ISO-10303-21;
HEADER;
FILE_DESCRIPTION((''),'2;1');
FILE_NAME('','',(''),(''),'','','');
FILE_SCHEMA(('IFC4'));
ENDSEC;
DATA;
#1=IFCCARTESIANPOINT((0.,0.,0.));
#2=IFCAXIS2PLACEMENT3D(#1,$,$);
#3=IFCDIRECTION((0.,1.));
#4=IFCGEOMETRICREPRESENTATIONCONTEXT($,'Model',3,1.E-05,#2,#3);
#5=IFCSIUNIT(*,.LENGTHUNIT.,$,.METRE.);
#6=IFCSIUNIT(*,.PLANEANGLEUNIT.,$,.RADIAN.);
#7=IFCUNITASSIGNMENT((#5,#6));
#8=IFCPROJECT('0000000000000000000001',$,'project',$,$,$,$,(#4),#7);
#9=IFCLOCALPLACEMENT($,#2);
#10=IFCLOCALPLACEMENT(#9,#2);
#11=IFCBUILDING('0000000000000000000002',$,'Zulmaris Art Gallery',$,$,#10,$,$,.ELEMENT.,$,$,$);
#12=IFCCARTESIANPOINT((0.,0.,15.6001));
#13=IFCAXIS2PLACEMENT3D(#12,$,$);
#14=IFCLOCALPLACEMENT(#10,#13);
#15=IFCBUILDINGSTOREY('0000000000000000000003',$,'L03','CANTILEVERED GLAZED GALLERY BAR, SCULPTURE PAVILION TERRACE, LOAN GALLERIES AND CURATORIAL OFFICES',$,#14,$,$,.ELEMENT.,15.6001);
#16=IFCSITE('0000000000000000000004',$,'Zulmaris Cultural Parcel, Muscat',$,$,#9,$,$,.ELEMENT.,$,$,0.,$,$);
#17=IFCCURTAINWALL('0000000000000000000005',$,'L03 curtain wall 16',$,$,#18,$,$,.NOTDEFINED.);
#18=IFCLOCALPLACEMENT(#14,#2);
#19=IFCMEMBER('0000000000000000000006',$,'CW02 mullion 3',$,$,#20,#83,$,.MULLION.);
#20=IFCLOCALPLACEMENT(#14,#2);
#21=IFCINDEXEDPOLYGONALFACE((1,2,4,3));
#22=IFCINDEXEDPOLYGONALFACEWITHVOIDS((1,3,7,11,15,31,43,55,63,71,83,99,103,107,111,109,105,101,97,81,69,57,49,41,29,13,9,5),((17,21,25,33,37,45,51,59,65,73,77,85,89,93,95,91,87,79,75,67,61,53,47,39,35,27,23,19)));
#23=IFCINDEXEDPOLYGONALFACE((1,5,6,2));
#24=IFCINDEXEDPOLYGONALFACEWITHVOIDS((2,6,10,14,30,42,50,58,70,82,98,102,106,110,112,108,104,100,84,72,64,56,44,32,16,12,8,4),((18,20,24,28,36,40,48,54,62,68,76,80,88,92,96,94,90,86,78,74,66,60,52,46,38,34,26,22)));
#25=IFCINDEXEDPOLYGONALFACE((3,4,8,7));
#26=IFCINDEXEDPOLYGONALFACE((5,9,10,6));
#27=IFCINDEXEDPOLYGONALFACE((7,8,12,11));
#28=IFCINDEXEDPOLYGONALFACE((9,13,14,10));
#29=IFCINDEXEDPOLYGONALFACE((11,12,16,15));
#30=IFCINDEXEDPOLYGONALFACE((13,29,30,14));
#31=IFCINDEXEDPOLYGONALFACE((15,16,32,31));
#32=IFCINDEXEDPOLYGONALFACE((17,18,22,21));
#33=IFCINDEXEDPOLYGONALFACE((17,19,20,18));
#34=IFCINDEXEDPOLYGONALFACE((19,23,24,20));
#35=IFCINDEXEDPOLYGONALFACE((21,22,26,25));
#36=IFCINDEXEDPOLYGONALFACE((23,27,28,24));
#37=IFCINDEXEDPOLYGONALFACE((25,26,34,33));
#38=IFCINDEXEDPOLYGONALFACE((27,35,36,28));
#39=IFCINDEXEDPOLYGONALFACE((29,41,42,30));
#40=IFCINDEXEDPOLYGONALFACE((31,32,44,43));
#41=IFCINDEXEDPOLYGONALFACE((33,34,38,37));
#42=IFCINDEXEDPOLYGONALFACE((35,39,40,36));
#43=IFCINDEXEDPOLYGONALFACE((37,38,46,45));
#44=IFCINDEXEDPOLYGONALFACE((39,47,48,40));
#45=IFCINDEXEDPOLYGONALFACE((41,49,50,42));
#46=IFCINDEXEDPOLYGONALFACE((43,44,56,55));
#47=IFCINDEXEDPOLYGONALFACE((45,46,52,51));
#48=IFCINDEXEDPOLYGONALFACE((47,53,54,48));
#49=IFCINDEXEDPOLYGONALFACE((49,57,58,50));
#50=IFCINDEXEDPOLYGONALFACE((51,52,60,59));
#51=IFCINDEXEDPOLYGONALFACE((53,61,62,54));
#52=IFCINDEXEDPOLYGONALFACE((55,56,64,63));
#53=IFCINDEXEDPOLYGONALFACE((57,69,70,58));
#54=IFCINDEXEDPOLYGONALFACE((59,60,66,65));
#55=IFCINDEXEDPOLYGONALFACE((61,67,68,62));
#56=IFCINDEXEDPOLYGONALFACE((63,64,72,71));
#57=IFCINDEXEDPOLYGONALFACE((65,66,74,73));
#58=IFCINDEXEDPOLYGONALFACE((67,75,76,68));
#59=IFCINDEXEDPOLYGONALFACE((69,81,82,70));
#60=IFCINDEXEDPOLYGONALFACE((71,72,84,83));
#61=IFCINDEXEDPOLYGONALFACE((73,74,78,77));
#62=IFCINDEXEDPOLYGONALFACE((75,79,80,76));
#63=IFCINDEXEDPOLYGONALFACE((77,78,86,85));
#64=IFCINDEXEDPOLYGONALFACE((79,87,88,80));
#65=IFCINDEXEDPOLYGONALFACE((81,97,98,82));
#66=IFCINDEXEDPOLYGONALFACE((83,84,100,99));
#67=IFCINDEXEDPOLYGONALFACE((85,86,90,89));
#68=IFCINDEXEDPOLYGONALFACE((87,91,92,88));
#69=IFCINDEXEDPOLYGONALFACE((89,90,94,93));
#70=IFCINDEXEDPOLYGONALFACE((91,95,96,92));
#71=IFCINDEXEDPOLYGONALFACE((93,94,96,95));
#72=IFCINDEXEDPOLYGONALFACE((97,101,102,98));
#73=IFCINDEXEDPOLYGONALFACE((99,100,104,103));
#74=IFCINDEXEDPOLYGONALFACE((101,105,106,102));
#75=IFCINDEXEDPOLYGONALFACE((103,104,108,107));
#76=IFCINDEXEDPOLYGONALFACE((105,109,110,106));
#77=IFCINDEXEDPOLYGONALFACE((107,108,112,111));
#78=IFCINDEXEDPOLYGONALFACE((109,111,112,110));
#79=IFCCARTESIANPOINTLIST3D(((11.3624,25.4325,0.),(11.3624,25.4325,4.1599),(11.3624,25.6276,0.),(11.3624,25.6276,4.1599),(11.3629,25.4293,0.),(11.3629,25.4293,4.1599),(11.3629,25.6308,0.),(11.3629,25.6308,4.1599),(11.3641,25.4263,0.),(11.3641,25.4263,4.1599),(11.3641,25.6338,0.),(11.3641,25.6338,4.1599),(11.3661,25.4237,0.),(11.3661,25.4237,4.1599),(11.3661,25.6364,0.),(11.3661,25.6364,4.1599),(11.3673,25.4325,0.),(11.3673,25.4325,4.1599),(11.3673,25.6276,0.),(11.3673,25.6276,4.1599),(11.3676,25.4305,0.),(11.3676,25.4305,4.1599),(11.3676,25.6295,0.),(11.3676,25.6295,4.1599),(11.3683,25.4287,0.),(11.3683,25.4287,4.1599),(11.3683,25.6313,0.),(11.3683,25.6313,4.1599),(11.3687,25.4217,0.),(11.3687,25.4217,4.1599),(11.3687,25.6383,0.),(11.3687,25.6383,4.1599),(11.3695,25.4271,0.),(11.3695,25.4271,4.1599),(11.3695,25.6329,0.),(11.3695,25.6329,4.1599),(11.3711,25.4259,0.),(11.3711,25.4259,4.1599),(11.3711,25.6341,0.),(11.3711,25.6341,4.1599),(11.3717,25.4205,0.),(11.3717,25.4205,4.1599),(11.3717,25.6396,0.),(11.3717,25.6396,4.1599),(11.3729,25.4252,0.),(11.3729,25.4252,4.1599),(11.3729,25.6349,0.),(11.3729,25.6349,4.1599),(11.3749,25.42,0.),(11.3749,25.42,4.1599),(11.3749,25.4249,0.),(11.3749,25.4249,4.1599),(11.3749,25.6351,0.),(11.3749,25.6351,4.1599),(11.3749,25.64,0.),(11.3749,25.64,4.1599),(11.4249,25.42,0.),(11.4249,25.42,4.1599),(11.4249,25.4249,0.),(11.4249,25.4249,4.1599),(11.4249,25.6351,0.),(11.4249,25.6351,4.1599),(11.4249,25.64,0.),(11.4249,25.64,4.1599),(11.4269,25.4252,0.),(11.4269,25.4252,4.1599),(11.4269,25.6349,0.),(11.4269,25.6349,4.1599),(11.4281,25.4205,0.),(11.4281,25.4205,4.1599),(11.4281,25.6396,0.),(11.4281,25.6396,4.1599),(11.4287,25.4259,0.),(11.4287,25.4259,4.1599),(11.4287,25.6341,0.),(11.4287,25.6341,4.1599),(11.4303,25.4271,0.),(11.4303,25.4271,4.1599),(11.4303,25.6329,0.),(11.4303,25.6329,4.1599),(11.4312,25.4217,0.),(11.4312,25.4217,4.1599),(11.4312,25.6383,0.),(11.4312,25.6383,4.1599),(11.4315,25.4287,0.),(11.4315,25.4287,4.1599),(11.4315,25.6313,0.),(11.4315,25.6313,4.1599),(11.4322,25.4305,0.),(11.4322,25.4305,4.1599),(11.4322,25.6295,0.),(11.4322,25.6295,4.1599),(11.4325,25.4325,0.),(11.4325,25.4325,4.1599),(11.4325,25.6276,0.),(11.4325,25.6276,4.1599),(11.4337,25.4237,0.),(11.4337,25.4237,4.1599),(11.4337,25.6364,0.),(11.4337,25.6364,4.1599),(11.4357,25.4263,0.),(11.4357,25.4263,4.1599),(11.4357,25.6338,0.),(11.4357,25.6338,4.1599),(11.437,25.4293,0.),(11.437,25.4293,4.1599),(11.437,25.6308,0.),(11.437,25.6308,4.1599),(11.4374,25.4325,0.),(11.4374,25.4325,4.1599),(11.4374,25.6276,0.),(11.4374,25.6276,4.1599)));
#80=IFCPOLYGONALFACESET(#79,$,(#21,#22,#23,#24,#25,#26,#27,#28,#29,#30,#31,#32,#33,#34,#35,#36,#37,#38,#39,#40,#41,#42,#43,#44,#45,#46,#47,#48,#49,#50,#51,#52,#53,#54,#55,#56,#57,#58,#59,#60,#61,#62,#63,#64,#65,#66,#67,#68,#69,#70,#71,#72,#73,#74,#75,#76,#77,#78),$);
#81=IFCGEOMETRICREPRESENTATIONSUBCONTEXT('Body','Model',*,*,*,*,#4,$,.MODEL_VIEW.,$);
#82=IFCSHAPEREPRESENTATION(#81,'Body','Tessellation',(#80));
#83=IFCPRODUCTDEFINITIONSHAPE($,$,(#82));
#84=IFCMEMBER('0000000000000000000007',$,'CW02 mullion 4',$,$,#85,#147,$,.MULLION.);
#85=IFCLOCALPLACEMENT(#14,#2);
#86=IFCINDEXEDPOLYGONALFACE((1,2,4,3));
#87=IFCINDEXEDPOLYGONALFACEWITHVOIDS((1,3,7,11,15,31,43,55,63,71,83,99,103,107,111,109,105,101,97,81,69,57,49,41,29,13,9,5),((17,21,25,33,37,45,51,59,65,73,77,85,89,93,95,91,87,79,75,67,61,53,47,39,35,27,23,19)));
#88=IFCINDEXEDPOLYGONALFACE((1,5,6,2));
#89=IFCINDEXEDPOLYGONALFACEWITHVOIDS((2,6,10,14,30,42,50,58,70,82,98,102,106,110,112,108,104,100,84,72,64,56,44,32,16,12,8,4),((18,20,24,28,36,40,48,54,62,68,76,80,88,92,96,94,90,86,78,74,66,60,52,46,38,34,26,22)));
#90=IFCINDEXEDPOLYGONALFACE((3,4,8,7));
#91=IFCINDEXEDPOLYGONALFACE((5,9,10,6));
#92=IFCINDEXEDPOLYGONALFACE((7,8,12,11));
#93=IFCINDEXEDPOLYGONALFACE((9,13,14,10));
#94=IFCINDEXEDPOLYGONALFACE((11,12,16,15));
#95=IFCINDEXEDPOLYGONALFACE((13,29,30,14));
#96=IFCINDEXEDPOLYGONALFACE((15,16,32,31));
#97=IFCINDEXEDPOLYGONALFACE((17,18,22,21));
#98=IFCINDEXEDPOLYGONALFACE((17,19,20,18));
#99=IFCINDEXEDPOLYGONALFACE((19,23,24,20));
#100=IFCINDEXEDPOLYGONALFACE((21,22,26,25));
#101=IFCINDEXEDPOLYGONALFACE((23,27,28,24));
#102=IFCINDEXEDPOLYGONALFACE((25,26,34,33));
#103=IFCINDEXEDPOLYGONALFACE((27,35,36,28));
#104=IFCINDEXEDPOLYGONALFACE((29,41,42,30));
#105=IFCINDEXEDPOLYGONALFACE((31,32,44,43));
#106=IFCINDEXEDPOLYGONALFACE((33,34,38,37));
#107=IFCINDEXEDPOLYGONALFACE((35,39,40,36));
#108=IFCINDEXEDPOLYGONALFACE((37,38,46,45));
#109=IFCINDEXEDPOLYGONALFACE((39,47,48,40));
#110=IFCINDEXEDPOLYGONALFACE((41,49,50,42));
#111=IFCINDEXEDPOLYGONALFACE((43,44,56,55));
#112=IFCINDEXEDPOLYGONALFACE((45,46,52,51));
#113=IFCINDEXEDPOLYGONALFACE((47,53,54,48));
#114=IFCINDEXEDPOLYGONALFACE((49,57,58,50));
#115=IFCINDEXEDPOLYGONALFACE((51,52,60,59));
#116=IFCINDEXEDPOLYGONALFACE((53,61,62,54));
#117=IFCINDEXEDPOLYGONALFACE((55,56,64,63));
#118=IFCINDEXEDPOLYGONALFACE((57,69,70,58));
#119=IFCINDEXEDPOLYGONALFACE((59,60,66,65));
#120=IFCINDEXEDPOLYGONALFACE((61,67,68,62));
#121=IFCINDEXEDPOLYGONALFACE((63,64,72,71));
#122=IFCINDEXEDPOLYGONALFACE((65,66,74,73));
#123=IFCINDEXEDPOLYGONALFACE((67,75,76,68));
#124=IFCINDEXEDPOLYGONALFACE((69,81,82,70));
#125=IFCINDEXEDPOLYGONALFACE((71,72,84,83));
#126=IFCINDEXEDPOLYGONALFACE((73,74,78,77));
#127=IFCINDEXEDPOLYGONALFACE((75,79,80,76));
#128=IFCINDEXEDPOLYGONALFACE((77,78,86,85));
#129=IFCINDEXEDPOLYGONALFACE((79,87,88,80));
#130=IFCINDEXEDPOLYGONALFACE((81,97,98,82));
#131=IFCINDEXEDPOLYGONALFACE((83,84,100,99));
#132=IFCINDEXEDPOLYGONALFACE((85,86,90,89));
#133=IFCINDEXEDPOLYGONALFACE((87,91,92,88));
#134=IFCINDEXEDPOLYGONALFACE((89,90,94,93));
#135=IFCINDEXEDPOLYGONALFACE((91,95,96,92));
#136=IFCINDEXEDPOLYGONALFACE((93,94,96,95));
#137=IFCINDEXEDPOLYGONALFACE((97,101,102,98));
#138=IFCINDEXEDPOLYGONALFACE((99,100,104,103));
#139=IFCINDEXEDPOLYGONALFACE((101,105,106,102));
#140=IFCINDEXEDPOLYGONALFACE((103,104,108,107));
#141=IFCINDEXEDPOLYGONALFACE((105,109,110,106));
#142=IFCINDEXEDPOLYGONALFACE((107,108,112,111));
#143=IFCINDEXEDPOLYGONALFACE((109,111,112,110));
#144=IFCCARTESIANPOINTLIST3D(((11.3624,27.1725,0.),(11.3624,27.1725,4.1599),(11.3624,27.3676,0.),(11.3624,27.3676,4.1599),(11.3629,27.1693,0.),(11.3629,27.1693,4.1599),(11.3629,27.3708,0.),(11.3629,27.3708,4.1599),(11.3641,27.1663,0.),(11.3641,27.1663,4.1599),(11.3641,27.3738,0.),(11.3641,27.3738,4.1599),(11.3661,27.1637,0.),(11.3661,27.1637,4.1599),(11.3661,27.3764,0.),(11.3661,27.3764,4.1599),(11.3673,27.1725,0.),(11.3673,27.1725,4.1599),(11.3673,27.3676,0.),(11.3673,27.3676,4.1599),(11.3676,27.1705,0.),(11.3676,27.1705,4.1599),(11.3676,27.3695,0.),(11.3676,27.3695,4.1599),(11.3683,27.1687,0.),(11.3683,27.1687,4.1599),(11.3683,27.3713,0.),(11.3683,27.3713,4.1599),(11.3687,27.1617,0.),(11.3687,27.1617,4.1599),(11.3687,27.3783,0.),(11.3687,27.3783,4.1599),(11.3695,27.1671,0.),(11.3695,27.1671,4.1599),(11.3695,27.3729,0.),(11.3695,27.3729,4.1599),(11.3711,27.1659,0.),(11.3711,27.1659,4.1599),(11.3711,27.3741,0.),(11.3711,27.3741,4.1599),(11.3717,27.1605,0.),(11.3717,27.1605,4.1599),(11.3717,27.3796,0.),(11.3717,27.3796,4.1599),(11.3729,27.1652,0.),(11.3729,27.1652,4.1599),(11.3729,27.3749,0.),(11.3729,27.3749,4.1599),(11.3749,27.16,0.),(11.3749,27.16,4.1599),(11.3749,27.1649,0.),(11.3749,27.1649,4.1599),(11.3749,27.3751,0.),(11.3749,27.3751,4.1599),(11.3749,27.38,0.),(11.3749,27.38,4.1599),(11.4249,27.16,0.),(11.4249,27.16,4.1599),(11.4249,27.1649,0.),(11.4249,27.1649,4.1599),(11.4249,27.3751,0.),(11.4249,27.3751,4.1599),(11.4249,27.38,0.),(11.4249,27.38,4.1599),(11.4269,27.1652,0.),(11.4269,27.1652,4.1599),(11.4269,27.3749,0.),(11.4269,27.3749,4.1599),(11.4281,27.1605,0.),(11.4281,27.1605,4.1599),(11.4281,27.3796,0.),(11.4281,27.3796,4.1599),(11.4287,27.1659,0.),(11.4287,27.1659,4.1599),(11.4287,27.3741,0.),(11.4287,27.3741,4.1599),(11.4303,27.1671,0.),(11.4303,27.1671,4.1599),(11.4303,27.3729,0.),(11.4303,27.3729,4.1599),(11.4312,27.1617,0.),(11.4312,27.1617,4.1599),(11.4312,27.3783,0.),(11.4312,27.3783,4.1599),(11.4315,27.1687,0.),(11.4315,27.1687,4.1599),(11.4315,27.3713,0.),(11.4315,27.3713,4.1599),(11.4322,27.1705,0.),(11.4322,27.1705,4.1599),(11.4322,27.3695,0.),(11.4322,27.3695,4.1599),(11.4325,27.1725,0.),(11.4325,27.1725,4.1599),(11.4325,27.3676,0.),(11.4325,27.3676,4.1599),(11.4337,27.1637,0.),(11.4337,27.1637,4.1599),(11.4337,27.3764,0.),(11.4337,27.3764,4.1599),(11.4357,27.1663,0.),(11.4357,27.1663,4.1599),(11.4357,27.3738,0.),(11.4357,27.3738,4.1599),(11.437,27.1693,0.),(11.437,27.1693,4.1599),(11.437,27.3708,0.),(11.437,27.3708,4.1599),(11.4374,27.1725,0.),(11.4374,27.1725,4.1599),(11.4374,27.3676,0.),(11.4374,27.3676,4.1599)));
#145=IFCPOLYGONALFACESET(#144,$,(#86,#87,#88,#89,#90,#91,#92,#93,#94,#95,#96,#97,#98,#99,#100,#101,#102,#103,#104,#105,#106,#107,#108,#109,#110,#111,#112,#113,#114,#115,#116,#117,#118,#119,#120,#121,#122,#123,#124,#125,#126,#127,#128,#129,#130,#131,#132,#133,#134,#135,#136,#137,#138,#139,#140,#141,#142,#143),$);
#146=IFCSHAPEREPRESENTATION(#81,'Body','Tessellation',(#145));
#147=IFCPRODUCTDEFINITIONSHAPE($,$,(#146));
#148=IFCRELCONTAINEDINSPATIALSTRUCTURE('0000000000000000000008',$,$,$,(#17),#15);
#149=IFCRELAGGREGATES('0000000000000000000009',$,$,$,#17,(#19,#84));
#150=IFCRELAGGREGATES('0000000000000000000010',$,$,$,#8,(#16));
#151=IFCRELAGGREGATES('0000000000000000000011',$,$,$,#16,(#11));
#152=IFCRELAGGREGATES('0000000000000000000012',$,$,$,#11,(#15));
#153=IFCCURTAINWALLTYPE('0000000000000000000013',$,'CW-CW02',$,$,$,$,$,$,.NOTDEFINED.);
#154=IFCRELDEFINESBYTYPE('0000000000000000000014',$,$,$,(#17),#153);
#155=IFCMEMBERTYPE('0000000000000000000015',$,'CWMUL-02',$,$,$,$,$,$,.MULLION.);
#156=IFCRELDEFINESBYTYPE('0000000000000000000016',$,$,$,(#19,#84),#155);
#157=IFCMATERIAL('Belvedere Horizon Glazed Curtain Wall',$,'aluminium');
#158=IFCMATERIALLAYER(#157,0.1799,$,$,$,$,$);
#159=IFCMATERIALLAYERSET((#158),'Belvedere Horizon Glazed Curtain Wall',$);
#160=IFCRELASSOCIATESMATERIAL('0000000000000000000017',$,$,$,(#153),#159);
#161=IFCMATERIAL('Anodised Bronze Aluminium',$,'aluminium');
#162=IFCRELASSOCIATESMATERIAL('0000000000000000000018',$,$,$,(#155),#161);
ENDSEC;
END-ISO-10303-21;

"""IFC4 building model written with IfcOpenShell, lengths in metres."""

from ifc_helpers import new_model, si_unit, direction, frame, origin, origin_2d, place, context, subcontext, project, spatial, hollow_rectangle, extrude, material, layer, layer_set, material_profile, profile_set, type_object, element, aggregate, save


model = new_model("IFC4")

# Units and contexts
model_context = context("Model", 3, precision=1e-05, world=origin(), true_north=direction((0.0, 1.0)))
body_context = subcontext(model_context, "Body", "Model", "MODEL_VIEW")
ifc_project = project(units=[si_unit("LENGTHUNIT", "METRE"), si_unit("PLANEANGLEUNIT", "RADIAN")], contexts=[model_context])

# Site, building, storey
site_placement = place(None, origin())
site = spatial("IfcSite", under=ifc_project, at=site_placement, Name="Zulmaris Cultural Parcel, Muscat", CompositionType="ELEMENT", RefElevation=0.0)
building_placement = place(site_placement, origin())
building = spatial("IfcBuilding", under=site, at=building_placement, Name="Zulmaris Art Gallery", CompositionType="ELEMENT")
storey_placement = place(building_placement, frame((0.0, 0.0, 15.6001)))
storey = spatial("IfcBuildingStorey", under=building, at=storey_placement, Name="L03", Description="CANTILEVERED GLAZED GALLERY BAR, SCULPTURE PAVILION TERRACE, LOAN GALLERIES AND CURATORIAL OFFICES", CompositionType="ELEMENT", Elevation=15.6001)

# Curtain wall, members
ifc_material_1 = material(Name="Belvedere Horizon Glazed Curtain Wall", Category="aluminium")
ifc_layer_1 = layer(ifc_material_1, 0.1799)
ifc_layer_set_1 = layer_set([ifc_layer_1], Name="Belvedere Horizon Glazed Curtain Wall")
curtain_wall_type_1 = type_object("IfcCurtainWallType", Name="CW-CW02", PredefinedType="NOTDEFINED", material=ifc_layer_set_1)
curtain_wall_1_placement = place(storey_placement, origin())
curtain_wall_1 = element("IfcCurtainWall", 1, at=curtain_wall_1_placement, inside=storey, type_object=curtain_wall_type_1, Name="L03 curtain wall 16", PredefinedType="NOTDEFINED")
ifc_material_2 = material(Name="Anodised Bronze Aluminium", Category="aluminium")
ifc_material_profile_1 = material_profile(ifc_material_2, hollow_rectangle(XDim=0.075, YDim=0.22, WallThickness=0.0049, InnerFilletRadius=0.0076, OuterFilletRadius=0.0125, at=origin_2d()), Name="ALU 75x220x5")
ifc_profile_set_1 = profile_set([ifc_material_profile_1], Name="Anodised Bronze Aluminium")
member_type_1 = type_object("IfcMemberType", Name="CWMUL-02", PredefinedType="MULLION", material=ifc_profile_set_1)
member_1_placement = place(storey_placement, frame((11.3999, 25.53, 0.0), z_axis=(0.0, 0.0, 1.0), x_axis=(-1.0, 0.0, 0.0)))
member_1 = element("IfcMember", 2, at=member_1_placement, type_object=member_type_1, Name="CW02 mullion 3", PredefinedType="MULLION", context=body_context, shape_type="SweptSolid", body=[
    extrude(hollow_rectangle(XDim=0.075, YDim=0.22, WallThickness=0.0049, InnerFilletRadius=0.0076, OuterFilletRadius=0.0125, at=origin_2d()), origin(), (0.0, 0.0, 1.0), 4.1599),
])
member_2_placement = place(storey_placement, frame((11.3999, 27.27, 0.0), z_axis=(0.0, 0.0, 1.0), x_axis=(-1.0, 0.0, 0.0)))
member_2 = element("IfcMember", 3, at=member_2_placement, type_object=member_type_1, Name="CW02 mullion 4", PredefinedType="MULLION", context=body_context, shape_type="SweptSolid", body=[
    extrude(hollow_rectangle(XDim=0.075, YDim=0.22, WallThickness=0.0049, InnerFilletRadius=0.0076, OuterFilletRadius=0.0125, at=origin_2d()), origin(), (0.0, 0.0, 1.0), 4.1599),
])

aggregate(curtain_wall_1, [member_1, member_2])

save(model, "model.ifc")
